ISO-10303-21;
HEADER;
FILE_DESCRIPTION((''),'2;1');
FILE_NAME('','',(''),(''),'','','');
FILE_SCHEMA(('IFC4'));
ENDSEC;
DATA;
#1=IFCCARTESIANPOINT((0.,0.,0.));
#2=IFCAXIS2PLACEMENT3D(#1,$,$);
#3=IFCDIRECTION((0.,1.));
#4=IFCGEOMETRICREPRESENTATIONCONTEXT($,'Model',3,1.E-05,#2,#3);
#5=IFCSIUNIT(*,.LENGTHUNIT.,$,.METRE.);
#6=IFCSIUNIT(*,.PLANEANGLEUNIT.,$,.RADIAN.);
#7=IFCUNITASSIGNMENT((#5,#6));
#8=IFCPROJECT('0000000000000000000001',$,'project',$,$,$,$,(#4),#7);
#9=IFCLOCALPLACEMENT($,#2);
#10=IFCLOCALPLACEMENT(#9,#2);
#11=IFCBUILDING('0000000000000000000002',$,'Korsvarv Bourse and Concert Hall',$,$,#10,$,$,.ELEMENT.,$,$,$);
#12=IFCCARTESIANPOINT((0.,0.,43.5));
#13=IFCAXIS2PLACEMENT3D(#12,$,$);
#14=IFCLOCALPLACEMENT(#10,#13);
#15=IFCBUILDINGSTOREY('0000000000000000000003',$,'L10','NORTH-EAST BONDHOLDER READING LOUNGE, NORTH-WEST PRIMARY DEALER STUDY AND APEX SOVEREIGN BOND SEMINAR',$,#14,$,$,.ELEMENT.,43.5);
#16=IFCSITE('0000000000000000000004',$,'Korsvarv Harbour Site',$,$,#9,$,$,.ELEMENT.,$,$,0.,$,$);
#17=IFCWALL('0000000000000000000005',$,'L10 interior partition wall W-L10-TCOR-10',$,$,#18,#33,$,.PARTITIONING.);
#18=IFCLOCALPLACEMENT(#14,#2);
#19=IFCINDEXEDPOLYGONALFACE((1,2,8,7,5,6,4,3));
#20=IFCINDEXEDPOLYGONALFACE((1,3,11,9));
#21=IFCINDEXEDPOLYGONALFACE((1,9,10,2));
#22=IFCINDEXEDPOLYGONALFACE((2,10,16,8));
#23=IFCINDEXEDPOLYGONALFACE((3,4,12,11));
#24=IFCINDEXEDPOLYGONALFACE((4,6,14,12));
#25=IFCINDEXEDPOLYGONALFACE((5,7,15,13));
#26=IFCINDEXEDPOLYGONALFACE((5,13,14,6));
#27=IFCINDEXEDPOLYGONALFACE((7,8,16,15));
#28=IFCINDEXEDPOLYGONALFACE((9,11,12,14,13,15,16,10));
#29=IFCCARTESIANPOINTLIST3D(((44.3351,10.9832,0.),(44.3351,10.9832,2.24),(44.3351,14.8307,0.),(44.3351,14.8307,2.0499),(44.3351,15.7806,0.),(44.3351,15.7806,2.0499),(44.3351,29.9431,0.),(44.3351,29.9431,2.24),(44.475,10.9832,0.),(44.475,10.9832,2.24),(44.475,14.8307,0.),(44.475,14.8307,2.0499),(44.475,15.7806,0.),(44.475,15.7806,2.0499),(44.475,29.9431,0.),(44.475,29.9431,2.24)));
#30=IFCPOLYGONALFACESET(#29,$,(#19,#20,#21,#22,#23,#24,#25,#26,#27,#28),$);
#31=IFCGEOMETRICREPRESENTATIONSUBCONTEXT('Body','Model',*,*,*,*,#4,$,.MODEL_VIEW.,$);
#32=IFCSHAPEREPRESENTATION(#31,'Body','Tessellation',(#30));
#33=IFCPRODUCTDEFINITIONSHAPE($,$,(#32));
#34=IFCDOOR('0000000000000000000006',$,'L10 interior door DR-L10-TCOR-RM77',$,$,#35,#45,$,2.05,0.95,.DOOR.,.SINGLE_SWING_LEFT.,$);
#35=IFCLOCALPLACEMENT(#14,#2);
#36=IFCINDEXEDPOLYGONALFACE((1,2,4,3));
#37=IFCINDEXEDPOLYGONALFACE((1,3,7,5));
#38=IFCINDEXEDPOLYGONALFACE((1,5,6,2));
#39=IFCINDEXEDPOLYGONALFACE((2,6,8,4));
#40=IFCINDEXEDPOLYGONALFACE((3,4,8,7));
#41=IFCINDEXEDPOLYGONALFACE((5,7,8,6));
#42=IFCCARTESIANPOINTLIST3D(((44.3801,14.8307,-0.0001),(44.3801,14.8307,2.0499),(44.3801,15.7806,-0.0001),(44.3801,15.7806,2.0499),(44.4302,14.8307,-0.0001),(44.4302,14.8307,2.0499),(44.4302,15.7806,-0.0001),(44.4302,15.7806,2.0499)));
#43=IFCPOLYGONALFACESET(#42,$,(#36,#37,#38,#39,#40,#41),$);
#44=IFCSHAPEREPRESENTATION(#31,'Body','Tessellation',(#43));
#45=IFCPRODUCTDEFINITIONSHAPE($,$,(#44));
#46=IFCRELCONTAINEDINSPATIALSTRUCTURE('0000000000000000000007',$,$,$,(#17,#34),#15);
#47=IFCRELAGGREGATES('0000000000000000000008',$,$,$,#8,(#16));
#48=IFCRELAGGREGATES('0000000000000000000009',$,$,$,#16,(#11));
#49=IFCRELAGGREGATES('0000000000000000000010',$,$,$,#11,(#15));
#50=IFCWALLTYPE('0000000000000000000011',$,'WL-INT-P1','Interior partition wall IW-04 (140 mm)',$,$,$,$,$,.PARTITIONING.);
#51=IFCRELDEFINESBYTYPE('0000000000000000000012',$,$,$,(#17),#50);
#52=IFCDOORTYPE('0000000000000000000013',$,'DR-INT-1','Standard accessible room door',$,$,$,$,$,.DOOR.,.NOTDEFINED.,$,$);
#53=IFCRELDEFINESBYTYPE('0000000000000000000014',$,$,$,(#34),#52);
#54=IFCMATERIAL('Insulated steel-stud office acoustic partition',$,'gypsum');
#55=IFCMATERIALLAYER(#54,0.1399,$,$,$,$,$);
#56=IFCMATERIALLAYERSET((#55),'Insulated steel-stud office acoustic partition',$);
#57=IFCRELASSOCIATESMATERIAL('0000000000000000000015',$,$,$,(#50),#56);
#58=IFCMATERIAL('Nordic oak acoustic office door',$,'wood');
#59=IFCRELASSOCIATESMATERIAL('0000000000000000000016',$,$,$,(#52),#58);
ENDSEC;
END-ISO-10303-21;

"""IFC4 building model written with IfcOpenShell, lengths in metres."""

from ifc_helpers import new_model, si_unit, direction, frame, frame_2d, origin, place, context, subcontext, project, spatial, rectangle, extrude, material, layer, layer_set, type_object, element, fill, save


model = new_model("IFC4")

# Units and contexts
model_context = context("Model", 3, precision=1e-05, world=origin(), true_north=direction((0.0, 1.0)))
body_context = subcontext(model_context, "Body", "Model", "MODEL_VIEW")
ifc_project = project(units=[si_unit("LENGTHUNIT", "METRE"), si_unit("PLANEANGLEUNIT", "RADIAN")], contexts=[model_context])

# Site, building, storey
site_placement = place(None, origin())
site = spatial("IfcSite", under=ifc_project, at=site_placement, Name="Korsvarv Harbour Site", CompositionType="ELEMENT", RefElevation=0.0)
building_placement = place(site_placement, origin())
building = spatial("IfcBuilding", under=site, at=building_placement, Name="Korsvarv Bourse and Concert Hall", CompositionType="ELEMENT")
storey_placement = place(building_placement, frame((0.0, 0.0, 43.5)))
storey = spatial("IfcBuildingStorey", under=building, at=storey_placement, Name="L10", Description="NORTH-EAST BONDHOLDER READING LOUNGE, NORTH-WEST PRIMARY DEALER STUDY AND APEX SOVEREIGN BOND SEMINAR", CompositionType="ELEMENT", Elevation=43.5)

# Wall, opening, door
ifc_material_1 = material(Name="Insulated steel-stud office acoustic partition", Category="gypsum")
ifc_layer_1 = layer(ifc_material_1, 0.1399)
ifc_layer_set_1 = layer_set([ifc_layer_1], Name="Insulated steel-stud office acoustic partition")
wall_type_1 = type_object("IfcWallType", Name="WL-INT-P1", Description="Interior partition wall IW-04 (140 mm)", PredefinedType="PARTITIONING", material=ifc_layer_set_1)
wall_1_placement = place(storey_placement, frame((44.405, 10.9832, 0.0), z_axis=(0.0, 0.0, 1.0), x_axis=(0.0, 1.0, 0.0)))
wall_1 = element("IfcWall", 1, at=wall_1_placement, inside=storey, type_object=wall_type_1, Name="L10 interior partition wall W-L10-TCOR-10", PredefinedType="PARTITIONING", context=body_context, shape_type="SweptSolid", body=[
    extrude(rectangle(XDim=18.96, YDim=0.1399, at=frame_2d((9.48, 0.0))), origin(), (0.0, 0.0, 1.0), 2.24),
])
opening_placement = place(wall_1_placement, frame((3.8474, 0.0, 0.0)))
opening = element("IfcOpeningElement", 2, at=opening_placement, cuts=wall_1, PredefinedType="OPENING", context=body_context, shape_type="SweptSolid", body=[
    extrude(rectangle(XDim=0.95, YDim=2.05, at=frame_2d((0.4751, 1.0249))), frame((0.0, 0.0801, 0.0), z_axis=(0.0, -1.0, 0.0), x_axis=(1.0, 0.0, 0.0)), (0.0, 0.0, 1.0), 0.1599),
])
ifc_material_2 = material(Name="Nordic oak acoustic office door", Category="wood")
door_type = type_object("IfcDoorType", Name="DR-INT-1", Description="Standard accessible room door", OperationType="NOTDEFINED", PredefinedType="DOOR", material=ifc_material_2)
door_placement = place(opening_placement, origin())
door = element("IfcDoor", 3, at=door_placement, inside=storey, type_object=door_type, Name="L10 interior door DR-L10-TCOR-RM77", OperationType="SINGLE_SWING_LEFT", OverallHeight=2.05, OverallWidth=0.95, PredefinedType="DOOR", context=body_context, shape_type="SweptSolid", body=[
    extrude(rectangle(XDim=0.95, YDim=2.05, at=frame_2d((0.4751, 1.0249))), frame((0.0, 0.0249, 0.0), z_axis=(0.0, -1.0, 0.0), x_axis=(1.0, 0.0, 0.0)), (0.0, 0.0, 1.0), 0.05),
])
fill(opening, door)

save(model, "model.ifc")
